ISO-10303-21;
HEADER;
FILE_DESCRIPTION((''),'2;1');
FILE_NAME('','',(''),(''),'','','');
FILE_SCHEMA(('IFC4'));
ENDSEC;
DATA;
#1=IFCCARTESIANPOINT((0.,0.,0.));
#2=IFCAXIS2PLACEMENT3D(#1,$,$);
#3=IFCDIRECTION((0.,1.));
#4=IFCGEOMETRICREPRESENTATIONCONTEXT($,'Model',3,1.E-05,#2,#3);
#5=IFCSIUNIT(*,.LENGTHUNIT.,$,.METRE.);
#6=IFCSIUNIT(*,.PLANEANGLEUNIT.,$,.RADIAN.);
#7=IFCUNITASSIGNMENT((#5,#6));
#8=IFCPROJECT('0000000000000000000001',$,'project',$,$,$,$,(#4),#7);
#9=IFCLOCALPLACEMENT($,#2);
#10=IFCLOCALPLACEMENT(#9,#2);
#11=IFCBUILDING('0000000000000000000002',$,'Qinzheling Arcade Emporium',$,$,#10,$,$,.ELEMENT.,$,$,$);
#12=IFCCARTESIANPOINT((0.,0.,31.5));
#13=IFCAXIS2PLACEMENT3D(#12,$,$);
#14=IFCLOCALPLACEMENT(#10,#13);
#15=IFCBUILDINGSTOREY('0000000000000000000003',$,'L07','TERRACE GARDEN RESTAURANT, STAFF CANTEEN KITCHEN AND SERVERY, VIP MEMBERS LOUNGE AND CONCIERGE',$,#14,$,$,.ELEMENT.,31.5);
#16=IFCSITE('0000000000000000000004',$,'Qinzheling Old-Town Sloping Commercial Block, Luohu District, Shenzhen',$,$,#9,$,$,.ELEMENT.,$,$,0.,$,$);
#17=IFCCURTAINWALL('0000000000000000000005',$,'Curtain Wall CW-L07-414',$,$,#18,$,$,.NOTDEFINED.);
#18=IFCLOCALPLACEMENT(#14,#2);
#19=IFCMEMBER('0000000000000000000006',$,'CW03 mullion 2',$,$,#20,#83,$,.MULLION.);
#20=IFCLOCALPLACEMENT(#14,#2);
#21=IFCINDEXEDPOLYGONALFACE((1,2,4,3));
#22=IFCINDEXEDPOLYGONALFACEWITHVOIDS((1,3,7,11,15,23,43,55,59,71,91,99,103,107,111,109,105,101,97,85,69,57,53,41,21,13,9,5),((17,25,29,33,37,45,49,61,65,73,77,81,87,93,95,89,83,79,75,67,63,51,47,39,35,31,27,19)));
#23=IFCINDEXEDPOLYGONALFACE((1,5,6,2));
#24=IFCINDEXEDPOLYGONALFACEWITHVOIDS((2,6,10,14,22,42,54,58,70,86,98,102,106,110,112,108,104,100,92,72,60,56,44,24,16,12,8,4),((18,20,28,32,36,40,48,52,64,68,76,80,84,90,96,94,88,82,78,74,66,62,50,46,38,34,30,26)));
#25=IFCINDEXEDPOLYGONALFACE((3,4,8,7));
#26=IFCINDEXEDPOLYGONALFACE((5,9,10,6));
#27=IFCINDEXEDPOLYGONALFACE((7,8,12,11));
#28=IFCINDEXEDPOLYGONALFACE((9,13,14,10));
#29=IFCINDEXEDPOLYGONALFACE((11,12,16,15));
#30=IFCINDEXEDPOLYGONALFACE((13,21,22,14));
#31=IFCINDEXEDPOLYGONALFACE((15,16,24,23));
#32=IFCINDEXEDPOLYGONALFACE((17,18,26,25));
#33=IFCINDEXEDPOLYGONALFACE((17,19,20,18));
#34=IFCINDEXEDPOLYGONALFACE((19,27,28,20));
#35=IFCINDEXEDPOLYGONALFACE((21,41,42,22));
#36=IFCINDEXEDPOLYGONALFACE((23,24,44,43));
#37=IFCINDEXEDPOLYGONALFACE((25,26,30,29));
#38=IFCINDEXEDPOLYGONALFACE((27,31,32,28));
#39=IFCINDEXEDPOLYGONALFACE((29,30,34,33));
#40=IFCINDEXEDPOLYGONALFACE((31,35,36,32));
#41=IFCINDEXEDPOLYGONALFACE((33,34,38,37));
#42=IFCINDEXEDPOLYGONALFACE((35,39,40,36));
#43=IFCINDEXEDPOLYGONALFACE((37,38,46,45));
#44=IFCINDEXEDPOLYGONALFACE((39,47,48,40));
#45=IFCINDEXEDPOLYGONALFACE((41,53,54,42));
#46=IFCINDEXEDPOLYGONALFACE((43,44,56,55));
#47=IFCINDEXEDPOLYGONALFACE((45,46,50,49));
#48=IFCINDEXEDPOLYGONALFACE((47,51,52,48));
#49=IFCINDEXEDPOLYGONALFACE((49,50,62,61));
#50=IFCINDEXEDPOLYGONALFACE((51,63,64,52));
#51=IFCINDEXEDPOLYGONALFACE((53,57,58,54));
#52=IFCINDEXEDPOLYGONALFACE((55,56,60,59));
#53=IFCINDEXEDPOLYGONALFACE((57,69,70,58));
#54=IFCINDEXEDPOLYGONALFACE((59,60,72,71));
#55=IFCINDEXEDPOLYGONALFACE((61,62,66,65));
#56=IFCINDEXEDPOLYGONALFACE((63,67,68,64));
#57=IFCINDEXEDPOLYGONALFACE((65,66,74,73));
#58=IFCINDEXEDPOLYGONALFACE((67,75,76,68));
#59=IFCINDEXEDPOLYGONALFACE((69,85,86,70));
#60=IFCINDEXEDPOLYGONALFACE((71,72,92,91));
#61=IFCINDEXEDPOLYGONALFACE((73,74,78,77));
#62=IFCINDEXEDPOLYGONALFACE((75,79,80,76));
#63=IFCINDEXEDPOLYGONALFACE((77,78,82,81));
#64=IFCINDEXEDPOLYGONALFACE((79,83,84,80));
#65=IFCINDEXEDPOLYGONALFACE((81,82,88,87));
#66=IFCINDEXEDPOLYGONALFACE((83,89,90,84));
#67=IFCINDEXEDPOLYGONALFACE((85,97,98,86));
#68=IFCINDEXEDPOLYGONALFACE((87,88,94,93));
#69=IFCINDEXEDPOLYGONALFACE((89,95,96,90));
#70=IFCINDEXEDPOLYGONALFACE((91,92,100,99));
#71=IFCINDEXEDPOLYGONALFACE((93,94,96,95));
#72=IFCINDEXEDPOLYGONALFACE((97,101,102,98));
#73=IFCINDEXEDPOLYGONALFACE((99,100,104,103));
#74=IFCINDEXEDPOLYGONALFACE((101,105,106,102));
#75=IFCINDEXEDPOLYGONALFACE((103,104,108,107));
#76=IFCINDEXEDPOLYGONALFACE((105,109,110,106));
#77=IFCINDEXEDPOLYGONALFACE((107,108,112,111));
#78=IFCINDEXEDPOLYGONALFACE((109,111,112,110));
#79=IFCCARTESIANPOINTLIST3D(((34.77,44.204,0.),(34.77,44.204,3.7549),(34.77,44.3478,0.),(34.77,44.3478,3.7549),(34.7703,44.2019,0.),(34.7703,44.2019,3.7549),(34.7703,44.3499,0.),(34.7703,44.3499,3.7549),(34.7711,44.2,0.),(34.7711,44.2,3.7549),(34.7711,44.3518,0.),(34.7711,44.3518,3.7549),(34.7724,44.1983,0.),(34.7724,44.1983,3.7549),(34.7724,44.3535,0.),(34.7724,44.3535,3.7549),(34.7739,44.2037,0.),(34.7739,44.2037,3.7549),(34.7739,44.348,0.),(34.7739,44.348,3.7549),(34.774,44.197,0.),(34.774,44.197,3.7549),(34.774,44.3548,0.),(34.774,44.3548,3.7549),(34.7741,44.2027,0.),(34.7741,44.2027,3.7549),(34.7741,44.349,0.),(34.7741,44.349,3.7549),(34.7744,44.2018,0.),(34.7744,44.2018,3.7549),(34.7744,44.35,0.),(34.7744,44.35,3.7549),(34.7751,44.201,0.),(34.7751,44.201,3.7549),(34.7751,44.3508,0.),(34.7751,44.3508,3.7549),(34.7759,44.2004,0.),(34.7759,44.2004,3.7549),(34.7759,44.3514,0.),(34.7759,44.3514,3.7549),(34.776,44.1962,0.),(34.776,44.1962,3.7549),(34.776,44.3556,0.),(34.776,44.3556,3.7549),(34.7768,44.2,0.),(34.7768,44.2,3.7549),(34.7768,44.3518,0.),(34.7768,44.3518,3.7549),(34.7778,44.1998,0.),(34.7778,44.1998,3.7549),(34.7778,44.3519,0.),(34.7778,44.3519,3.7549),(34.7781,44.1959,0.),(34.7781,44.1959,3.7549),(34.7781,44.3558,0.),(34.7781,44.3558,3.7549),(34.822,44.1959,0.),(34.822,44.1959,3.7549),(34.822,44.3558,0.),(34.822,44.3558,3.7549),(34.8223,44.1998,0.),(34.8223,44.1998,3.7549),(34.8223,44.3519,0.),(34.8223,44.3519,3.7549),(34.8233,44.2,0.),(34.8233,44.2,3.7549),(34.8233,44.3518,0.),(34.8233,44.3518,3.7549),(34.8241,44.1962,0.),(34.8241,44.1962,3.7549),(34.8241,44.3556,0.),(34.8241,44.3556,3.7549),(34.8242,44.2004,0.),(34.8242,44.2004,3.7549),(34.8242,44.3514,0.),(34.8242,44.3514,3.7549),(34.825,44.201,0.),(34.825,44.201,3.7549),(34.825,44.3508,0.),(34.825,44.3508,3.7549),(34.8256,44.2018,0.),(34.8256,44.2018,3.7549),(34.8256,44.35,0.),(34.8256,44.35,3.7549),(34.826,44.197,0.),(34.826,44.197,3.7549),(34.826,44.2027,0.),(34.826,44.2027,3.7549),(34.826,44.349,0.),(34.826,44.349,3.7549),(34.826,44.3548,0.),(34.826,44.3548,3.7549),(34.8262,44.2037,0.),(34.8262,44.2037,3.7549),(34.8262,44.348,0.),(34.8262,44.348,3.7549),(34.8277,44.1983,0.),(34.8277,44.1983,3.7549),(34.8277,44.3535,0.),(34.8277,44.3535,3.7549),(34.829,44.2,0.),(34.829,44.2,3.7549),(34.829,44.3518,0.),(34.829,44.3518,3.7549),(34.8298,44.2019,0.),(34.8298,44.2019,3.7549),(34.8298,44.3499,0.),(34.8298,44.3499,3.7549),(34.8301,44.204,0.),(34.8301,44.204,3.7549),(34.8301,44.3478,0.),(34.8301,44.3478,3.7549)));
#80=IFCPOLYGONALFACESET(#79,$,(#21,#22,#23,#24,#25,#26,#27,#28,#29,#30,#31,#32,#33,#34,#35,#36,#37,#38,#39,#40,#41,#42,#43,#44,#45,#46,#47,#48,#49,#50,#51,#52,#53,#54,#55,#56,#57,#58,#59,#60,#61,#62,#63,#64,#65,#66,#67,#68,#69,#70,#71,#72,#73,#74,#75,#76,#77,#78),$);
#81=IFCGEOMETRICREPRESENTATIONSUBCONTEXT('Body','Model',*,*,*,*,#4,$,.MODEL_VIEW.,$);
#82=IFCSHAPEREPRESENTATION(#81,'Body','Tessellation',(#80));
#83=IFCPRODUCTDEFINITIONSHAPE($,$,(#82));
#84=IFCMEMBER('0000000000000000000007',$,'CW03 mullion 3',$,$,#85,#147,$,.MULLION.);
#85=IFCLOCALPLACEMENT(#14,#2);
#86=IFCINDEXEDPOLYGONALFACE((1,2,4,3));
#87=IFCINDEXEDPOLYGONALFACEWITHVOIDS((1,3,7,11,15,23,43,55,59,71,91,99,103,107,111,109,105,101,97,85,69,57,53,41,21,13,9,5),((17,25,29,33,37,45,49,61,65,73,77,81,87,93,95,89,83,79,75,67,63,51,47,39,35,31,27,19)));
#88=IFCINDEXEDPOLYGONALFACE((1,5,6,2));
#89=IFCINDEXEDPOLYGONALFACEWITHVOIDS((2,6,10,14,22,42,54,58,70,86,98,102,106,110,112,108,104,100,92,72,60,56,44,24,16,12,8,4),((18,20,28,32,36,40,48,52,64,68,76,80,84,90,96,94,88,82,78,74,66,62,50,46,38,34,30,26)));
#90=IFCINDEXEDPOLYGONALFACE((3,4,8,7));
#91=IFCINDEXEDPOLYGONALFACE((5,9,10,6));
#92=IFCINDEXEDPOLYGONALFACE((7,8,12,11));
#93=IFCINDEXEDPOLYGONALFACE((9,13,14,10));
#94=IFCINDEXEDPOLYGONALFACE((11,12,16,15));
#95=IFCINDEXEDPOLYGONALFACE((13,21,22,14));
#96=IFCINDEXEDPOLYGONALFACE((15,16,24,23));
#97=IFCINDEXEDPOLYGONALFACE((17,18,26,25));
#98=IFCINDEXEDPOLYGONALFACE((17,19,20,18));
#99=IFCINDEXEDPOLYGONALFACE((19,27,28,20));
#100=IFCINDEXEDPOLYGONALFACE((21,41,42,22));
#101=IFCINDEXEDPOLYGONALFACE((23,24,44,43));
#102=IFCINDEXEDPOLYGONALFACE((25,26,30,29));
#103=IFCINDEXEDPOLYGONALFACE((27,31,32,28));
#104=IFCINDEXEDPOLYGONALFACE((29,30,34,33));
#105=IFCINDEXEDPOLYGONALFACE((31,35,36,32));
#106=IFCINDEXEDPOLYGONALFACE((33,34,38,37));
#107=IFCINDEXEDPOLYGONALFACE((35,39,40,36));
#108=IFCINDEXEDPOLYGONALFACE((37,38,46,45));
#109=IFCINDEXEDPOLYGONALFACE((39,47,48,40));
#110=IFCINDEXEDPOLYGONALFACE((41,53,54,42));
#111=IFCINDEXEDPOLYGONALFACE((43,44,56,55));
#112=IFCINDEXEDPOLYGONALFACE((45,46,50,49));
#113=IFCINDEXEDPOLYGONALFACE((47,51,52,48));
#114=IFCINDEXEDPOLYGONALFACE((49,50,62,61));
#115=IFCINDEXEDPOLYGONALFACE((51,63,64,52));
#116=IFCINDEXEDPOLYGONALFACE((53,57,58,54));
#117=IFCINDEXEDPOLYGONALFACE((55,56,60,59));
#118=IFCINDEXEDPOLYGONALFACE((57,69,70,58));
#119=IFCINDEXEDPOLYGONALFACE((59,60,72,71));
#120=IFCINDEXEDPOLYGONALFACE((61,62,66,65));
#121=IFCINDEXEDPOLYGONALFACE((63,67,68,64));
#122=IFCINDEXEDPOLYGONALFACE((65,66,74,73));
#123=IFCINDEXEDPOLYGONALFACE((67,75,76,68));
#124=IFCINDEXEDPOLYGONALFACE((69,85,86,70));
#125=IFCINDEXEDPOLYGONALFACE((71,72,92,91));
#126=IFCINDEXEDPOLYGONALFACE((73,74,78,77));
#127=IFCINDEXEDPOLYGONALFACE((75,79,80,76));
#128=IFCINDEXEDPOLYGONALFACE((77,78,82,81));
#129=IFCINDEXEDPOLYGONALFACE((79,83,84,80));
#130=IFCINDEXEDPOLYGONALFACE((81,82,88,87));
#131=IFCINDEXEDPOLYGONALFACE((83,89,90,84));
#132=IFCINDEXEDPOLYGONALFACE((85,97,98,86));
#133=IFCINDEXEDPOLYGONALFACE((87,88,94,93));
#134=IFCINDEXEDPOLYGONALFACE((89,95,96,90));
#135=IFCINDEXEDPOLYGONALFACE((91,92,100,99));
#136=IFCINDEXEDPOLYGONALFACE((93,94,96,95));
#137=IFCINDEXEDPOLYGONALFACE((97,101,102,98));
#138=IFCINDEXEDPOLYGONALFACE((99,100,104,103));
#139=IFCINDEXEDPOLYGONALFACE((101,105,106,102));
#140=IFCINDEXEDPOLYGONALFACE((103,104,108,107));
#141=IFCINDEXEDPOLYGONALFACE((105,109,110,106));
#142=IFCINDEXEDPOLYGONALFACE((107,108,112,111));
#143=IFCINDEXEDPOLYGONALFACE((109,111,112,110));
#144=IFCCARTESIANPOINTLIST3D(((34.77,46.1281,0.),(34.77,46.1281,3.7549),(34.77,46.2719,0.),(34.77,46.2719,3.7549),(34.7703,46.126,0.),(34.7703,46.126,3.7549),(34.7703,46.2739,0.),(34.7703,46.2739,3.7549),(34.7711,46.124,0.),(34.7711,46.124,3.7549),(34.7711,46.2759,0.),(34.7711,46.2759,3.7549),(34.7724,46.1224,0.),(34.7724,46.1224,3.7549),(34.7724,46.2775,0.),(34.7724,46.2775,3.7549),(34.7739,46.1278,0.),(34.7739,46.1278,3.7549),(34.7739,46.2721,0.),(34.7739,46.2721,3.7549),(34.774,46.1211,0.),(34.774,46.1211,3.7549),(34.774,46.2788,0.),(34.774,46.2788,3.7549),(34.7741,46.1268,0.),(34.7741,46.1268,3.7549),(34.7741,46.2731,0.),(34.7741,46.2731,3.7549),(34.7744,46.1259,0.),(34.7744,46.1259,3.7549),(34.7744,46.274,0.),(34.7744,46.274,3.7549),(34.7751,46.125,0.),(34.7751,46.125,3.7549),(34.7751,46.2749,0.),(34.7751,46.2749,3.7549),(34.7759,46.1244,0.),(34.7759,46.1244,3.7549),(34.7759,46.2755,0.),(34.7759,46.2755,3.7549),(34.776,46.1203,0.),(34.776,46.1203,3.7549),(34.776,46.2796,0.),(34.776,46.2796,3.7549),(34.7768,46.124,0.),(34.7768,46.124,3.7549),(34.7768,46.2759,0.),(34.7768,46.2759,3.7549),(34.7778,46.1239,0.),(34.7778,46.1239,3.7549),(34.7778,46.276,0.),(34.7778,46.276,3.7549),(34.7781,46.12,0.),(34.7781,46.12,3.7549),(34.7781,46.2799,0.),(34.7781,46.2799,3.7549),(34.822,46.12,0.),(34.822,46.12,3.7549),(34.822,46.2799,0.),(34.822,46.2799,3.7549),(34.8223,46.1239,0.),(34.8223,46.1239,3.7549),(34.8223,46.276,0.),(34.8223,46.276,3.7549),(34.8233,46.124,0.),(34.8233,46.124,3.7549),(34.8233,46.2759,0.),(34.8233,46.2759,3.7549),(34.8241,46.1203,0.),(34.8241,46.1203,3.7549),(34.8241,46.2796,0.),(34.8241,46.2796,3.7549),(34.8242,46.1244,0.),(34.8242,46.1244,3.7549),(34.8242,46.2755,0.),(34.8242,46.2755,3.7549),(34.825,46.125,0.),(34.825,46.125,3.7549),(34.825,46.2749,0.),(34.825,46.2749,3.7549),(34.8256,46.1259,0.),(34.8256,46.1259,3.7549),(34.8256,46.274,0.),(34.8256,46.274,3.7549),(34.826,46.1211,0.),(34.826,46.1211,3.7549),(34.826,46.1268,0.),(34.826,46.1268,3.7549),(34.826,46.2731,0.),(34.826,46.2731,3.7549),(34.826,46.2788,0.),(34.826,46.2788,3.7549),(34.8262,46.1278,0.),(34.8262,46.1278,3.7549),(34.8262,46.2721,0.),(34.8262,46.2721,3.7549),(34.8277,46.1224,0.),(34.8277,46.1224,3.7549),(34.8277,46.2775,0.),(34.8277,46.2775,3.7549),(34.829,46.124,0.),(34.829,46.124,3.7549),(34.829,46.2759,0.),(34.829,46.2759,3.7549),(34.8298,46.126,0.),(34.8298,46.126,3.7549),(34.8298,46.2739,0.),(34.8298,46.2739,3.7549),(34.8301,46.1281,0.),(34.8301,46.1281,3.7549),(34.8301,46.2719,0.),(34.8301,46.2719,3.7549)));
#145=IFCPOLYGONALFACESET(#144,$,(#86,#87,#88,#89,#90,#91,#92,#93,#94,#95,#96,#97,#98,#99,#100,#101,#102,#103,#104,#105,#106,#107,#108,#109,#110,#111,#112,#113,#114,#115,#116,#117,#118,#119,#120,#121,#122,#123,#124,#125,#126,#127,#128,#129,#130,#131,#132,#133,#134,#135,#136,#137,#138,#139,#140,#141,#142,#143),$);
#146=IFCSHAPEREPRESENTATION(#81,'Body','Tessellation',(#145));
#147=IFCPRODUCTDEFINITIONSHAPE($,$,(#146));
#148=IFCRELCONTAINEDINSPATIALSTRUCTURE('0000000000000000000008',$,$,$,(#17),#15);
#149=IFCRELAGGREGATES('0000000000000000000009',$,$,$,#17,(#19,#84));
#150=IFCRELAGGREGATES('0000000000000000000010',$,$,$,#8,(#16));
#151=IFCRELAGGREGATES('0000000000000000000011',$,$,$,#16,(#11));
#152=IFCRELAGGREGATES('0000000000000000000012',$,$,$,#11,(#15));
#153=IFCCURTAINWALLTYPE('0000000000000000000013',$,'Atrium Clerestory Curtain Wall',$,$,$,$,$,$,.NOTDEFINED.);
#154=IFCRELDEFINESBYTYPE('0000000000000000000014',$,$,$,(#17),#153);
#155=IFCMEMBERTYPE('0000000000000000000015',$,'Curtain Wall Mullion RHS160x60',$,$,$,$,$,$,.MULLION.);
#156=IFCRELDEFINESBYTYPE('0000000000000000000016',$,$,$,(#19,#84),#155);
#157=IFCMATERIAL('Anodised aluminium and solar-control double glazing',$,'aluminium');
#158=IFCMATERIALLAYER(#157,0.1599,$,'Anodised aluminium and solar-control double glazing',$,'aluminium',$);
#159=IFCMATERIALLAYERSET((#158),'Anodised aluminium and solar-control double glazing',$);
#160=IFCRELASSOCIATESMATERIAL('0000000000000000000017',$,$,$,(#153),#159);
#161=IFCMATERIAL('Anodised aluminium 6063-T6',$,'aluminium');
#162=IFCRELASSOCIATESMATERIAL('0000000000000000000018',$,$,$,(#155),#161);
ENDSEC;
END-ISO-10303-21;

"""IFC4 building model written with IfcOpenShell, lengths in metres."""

from ifc_helpers import new_model, si_unit, direction, frame, origin, origin_2d, place, context, subcontext, project, spatial, hollow_rectangle, extrude, material, layer, layer_set, material_profile, profile_set, type_object, element, aggregate, save


model = new_model("IFC4")

# Units and contexts
model_context = context("Model", 3, precision=1e-05, world=origin(), true_north=direction((0.0, 1.0)))
body_context = subcontext(model_context, "Body", "Model", "MODEL_VIEW")
ifc_project = project(units=[si_unit("LENGTHUNIT", "METRE"), si_unit("PLANEANGLEUNIT", "RADIAN")], contexts=[model_context])

# Site, building, storey
site_placement = place(None, origin())
site = spatial("IfcSite", under=ifc_project, at=site_placement, Name="Qinzheling Old-Town Sloping Commercial Block, Luohu District, Shenzhen", CompositionType="ELEMENT", RefElevation=0.0)
building_placement = place(site_placement, origin())
building = spatial("IfcBuilding", under=site, at=building_placement, Name="Qinzheling Arcade Emporium", CompositionType="ELEMENT")
storey_placement = place(building_placement, frame((0.0, 0.0, 31.5)))
storey = spatial("IfcBuildingStorey", under=building, at=storey_placement, Name="L07", Description="TERRACE GARDEN RESTAURANT, STAFF CANTEEN KITCHEN AND SERVERY, VIP MEMBERS LOUNGE AND CONCIERGE", CompositionType="ELEMENT", Elevation=31.5)

# Shared definitions
ifc_material_1 = material(Name="Anodised aluminium and solar-control double glazing", Category="aluminium")
ifc_layer_1 = layer(ifc_material_1, 0.1599, Name="Anodised aluminium and solar-control double glazing", Category="aluminium")
ifc_layer_set_1 = layer_set([ifc_layer_1], Name="Anodised aluminium and solar-control double glazing")
curtain_wall_type = type_object("IfcCurtainWallType", Name="Atrium Clerestory Curtain Wall", PredefinedType="NOTDEFINED", material=ifc_layer_set_1)
ifc_material_2 = material(Name="Anodised aluminium 6063-T6", Category="aluminium")
ifc_material_profile_1 = material_profile(ifc_material_2, hollow_rectangle(XDim=0.0601, YDim=0.1599, WallThickness=0.0039, InnerFilletRadius=0.0039, OuterFilletRadius=0.0081, at=origin_2d()), Name="RHS 160x60x4", Category="aluminium")
ifc_profile_set_1 = profile_set([ifc_material_profile_1], Name="Anodised aluminium 6063-T6")
member_type_1 = type_object("IfcMemberType", Name="Curtain Wall Mullion RHS160x60", PredefinedType="MULLION", material=ifc_profile_set_1)

# Curtain wall, members
curtain_wall_1_placement = place(storey_placement, origin())
curtain_wall_1 = element("IfcCurtainWall", 1, at=curtain_wall_1_placement, inside=storey, type_object=curtain_wall_type, Name="Curtain Wall CW-L07-414", PredefinedType="NOTDEFINED")
member_1_placement = place(storey_placement, frame((34.8, 44.2759, 0.0), z_axis=(0.0, 0.0, 1.0), x_axis=(-1.0, 0.0, 0.0)))
member_1 = element("IfcMember", 2, at=member_1_placement, type_object=member_type_1, Name="CW03 mullion 2", PredefinedType="MULLION", context=body_context, shape_type="SweptSolid", body=[
    extrude(hollow_rectangle(XDim=0.0601, YDim=0.1599, WallThickness=0.0039, InnerFilletRadius=0.0039, OuterFilletRadius=0.0081, at=origin_2d()), origin(), (0.0, 0.0, 1.0), 3.7549),
])
member_2_placement = place(storey_placement, frame((34.8, 46.2, 0.0), z_axis=(0.0, 0.0, 1.0), x_axis=(-1.0, 0.0, 0.0)))
member_2 = element("IfcMember", 3, at=member_2_placement, type_object=member_type_1, Name="CW03 mullion 3", PredefinedType="MULLION", context=body_context, shape_type="SweptSolid", body=[
    extrude(hollow_rectangle(XDim=0.0601, YDim=0.1599, WallThickness=0.0039, InnerFilletRadius=0.0039, OuterFilletRadius=0.0081, at=origin_2d()), origin(), (0.0, 0.0, 1.0), 3.7549),
])

aggregate(curtain_wall_1, [member_1, member_2])

save(model, "model.ifc")
